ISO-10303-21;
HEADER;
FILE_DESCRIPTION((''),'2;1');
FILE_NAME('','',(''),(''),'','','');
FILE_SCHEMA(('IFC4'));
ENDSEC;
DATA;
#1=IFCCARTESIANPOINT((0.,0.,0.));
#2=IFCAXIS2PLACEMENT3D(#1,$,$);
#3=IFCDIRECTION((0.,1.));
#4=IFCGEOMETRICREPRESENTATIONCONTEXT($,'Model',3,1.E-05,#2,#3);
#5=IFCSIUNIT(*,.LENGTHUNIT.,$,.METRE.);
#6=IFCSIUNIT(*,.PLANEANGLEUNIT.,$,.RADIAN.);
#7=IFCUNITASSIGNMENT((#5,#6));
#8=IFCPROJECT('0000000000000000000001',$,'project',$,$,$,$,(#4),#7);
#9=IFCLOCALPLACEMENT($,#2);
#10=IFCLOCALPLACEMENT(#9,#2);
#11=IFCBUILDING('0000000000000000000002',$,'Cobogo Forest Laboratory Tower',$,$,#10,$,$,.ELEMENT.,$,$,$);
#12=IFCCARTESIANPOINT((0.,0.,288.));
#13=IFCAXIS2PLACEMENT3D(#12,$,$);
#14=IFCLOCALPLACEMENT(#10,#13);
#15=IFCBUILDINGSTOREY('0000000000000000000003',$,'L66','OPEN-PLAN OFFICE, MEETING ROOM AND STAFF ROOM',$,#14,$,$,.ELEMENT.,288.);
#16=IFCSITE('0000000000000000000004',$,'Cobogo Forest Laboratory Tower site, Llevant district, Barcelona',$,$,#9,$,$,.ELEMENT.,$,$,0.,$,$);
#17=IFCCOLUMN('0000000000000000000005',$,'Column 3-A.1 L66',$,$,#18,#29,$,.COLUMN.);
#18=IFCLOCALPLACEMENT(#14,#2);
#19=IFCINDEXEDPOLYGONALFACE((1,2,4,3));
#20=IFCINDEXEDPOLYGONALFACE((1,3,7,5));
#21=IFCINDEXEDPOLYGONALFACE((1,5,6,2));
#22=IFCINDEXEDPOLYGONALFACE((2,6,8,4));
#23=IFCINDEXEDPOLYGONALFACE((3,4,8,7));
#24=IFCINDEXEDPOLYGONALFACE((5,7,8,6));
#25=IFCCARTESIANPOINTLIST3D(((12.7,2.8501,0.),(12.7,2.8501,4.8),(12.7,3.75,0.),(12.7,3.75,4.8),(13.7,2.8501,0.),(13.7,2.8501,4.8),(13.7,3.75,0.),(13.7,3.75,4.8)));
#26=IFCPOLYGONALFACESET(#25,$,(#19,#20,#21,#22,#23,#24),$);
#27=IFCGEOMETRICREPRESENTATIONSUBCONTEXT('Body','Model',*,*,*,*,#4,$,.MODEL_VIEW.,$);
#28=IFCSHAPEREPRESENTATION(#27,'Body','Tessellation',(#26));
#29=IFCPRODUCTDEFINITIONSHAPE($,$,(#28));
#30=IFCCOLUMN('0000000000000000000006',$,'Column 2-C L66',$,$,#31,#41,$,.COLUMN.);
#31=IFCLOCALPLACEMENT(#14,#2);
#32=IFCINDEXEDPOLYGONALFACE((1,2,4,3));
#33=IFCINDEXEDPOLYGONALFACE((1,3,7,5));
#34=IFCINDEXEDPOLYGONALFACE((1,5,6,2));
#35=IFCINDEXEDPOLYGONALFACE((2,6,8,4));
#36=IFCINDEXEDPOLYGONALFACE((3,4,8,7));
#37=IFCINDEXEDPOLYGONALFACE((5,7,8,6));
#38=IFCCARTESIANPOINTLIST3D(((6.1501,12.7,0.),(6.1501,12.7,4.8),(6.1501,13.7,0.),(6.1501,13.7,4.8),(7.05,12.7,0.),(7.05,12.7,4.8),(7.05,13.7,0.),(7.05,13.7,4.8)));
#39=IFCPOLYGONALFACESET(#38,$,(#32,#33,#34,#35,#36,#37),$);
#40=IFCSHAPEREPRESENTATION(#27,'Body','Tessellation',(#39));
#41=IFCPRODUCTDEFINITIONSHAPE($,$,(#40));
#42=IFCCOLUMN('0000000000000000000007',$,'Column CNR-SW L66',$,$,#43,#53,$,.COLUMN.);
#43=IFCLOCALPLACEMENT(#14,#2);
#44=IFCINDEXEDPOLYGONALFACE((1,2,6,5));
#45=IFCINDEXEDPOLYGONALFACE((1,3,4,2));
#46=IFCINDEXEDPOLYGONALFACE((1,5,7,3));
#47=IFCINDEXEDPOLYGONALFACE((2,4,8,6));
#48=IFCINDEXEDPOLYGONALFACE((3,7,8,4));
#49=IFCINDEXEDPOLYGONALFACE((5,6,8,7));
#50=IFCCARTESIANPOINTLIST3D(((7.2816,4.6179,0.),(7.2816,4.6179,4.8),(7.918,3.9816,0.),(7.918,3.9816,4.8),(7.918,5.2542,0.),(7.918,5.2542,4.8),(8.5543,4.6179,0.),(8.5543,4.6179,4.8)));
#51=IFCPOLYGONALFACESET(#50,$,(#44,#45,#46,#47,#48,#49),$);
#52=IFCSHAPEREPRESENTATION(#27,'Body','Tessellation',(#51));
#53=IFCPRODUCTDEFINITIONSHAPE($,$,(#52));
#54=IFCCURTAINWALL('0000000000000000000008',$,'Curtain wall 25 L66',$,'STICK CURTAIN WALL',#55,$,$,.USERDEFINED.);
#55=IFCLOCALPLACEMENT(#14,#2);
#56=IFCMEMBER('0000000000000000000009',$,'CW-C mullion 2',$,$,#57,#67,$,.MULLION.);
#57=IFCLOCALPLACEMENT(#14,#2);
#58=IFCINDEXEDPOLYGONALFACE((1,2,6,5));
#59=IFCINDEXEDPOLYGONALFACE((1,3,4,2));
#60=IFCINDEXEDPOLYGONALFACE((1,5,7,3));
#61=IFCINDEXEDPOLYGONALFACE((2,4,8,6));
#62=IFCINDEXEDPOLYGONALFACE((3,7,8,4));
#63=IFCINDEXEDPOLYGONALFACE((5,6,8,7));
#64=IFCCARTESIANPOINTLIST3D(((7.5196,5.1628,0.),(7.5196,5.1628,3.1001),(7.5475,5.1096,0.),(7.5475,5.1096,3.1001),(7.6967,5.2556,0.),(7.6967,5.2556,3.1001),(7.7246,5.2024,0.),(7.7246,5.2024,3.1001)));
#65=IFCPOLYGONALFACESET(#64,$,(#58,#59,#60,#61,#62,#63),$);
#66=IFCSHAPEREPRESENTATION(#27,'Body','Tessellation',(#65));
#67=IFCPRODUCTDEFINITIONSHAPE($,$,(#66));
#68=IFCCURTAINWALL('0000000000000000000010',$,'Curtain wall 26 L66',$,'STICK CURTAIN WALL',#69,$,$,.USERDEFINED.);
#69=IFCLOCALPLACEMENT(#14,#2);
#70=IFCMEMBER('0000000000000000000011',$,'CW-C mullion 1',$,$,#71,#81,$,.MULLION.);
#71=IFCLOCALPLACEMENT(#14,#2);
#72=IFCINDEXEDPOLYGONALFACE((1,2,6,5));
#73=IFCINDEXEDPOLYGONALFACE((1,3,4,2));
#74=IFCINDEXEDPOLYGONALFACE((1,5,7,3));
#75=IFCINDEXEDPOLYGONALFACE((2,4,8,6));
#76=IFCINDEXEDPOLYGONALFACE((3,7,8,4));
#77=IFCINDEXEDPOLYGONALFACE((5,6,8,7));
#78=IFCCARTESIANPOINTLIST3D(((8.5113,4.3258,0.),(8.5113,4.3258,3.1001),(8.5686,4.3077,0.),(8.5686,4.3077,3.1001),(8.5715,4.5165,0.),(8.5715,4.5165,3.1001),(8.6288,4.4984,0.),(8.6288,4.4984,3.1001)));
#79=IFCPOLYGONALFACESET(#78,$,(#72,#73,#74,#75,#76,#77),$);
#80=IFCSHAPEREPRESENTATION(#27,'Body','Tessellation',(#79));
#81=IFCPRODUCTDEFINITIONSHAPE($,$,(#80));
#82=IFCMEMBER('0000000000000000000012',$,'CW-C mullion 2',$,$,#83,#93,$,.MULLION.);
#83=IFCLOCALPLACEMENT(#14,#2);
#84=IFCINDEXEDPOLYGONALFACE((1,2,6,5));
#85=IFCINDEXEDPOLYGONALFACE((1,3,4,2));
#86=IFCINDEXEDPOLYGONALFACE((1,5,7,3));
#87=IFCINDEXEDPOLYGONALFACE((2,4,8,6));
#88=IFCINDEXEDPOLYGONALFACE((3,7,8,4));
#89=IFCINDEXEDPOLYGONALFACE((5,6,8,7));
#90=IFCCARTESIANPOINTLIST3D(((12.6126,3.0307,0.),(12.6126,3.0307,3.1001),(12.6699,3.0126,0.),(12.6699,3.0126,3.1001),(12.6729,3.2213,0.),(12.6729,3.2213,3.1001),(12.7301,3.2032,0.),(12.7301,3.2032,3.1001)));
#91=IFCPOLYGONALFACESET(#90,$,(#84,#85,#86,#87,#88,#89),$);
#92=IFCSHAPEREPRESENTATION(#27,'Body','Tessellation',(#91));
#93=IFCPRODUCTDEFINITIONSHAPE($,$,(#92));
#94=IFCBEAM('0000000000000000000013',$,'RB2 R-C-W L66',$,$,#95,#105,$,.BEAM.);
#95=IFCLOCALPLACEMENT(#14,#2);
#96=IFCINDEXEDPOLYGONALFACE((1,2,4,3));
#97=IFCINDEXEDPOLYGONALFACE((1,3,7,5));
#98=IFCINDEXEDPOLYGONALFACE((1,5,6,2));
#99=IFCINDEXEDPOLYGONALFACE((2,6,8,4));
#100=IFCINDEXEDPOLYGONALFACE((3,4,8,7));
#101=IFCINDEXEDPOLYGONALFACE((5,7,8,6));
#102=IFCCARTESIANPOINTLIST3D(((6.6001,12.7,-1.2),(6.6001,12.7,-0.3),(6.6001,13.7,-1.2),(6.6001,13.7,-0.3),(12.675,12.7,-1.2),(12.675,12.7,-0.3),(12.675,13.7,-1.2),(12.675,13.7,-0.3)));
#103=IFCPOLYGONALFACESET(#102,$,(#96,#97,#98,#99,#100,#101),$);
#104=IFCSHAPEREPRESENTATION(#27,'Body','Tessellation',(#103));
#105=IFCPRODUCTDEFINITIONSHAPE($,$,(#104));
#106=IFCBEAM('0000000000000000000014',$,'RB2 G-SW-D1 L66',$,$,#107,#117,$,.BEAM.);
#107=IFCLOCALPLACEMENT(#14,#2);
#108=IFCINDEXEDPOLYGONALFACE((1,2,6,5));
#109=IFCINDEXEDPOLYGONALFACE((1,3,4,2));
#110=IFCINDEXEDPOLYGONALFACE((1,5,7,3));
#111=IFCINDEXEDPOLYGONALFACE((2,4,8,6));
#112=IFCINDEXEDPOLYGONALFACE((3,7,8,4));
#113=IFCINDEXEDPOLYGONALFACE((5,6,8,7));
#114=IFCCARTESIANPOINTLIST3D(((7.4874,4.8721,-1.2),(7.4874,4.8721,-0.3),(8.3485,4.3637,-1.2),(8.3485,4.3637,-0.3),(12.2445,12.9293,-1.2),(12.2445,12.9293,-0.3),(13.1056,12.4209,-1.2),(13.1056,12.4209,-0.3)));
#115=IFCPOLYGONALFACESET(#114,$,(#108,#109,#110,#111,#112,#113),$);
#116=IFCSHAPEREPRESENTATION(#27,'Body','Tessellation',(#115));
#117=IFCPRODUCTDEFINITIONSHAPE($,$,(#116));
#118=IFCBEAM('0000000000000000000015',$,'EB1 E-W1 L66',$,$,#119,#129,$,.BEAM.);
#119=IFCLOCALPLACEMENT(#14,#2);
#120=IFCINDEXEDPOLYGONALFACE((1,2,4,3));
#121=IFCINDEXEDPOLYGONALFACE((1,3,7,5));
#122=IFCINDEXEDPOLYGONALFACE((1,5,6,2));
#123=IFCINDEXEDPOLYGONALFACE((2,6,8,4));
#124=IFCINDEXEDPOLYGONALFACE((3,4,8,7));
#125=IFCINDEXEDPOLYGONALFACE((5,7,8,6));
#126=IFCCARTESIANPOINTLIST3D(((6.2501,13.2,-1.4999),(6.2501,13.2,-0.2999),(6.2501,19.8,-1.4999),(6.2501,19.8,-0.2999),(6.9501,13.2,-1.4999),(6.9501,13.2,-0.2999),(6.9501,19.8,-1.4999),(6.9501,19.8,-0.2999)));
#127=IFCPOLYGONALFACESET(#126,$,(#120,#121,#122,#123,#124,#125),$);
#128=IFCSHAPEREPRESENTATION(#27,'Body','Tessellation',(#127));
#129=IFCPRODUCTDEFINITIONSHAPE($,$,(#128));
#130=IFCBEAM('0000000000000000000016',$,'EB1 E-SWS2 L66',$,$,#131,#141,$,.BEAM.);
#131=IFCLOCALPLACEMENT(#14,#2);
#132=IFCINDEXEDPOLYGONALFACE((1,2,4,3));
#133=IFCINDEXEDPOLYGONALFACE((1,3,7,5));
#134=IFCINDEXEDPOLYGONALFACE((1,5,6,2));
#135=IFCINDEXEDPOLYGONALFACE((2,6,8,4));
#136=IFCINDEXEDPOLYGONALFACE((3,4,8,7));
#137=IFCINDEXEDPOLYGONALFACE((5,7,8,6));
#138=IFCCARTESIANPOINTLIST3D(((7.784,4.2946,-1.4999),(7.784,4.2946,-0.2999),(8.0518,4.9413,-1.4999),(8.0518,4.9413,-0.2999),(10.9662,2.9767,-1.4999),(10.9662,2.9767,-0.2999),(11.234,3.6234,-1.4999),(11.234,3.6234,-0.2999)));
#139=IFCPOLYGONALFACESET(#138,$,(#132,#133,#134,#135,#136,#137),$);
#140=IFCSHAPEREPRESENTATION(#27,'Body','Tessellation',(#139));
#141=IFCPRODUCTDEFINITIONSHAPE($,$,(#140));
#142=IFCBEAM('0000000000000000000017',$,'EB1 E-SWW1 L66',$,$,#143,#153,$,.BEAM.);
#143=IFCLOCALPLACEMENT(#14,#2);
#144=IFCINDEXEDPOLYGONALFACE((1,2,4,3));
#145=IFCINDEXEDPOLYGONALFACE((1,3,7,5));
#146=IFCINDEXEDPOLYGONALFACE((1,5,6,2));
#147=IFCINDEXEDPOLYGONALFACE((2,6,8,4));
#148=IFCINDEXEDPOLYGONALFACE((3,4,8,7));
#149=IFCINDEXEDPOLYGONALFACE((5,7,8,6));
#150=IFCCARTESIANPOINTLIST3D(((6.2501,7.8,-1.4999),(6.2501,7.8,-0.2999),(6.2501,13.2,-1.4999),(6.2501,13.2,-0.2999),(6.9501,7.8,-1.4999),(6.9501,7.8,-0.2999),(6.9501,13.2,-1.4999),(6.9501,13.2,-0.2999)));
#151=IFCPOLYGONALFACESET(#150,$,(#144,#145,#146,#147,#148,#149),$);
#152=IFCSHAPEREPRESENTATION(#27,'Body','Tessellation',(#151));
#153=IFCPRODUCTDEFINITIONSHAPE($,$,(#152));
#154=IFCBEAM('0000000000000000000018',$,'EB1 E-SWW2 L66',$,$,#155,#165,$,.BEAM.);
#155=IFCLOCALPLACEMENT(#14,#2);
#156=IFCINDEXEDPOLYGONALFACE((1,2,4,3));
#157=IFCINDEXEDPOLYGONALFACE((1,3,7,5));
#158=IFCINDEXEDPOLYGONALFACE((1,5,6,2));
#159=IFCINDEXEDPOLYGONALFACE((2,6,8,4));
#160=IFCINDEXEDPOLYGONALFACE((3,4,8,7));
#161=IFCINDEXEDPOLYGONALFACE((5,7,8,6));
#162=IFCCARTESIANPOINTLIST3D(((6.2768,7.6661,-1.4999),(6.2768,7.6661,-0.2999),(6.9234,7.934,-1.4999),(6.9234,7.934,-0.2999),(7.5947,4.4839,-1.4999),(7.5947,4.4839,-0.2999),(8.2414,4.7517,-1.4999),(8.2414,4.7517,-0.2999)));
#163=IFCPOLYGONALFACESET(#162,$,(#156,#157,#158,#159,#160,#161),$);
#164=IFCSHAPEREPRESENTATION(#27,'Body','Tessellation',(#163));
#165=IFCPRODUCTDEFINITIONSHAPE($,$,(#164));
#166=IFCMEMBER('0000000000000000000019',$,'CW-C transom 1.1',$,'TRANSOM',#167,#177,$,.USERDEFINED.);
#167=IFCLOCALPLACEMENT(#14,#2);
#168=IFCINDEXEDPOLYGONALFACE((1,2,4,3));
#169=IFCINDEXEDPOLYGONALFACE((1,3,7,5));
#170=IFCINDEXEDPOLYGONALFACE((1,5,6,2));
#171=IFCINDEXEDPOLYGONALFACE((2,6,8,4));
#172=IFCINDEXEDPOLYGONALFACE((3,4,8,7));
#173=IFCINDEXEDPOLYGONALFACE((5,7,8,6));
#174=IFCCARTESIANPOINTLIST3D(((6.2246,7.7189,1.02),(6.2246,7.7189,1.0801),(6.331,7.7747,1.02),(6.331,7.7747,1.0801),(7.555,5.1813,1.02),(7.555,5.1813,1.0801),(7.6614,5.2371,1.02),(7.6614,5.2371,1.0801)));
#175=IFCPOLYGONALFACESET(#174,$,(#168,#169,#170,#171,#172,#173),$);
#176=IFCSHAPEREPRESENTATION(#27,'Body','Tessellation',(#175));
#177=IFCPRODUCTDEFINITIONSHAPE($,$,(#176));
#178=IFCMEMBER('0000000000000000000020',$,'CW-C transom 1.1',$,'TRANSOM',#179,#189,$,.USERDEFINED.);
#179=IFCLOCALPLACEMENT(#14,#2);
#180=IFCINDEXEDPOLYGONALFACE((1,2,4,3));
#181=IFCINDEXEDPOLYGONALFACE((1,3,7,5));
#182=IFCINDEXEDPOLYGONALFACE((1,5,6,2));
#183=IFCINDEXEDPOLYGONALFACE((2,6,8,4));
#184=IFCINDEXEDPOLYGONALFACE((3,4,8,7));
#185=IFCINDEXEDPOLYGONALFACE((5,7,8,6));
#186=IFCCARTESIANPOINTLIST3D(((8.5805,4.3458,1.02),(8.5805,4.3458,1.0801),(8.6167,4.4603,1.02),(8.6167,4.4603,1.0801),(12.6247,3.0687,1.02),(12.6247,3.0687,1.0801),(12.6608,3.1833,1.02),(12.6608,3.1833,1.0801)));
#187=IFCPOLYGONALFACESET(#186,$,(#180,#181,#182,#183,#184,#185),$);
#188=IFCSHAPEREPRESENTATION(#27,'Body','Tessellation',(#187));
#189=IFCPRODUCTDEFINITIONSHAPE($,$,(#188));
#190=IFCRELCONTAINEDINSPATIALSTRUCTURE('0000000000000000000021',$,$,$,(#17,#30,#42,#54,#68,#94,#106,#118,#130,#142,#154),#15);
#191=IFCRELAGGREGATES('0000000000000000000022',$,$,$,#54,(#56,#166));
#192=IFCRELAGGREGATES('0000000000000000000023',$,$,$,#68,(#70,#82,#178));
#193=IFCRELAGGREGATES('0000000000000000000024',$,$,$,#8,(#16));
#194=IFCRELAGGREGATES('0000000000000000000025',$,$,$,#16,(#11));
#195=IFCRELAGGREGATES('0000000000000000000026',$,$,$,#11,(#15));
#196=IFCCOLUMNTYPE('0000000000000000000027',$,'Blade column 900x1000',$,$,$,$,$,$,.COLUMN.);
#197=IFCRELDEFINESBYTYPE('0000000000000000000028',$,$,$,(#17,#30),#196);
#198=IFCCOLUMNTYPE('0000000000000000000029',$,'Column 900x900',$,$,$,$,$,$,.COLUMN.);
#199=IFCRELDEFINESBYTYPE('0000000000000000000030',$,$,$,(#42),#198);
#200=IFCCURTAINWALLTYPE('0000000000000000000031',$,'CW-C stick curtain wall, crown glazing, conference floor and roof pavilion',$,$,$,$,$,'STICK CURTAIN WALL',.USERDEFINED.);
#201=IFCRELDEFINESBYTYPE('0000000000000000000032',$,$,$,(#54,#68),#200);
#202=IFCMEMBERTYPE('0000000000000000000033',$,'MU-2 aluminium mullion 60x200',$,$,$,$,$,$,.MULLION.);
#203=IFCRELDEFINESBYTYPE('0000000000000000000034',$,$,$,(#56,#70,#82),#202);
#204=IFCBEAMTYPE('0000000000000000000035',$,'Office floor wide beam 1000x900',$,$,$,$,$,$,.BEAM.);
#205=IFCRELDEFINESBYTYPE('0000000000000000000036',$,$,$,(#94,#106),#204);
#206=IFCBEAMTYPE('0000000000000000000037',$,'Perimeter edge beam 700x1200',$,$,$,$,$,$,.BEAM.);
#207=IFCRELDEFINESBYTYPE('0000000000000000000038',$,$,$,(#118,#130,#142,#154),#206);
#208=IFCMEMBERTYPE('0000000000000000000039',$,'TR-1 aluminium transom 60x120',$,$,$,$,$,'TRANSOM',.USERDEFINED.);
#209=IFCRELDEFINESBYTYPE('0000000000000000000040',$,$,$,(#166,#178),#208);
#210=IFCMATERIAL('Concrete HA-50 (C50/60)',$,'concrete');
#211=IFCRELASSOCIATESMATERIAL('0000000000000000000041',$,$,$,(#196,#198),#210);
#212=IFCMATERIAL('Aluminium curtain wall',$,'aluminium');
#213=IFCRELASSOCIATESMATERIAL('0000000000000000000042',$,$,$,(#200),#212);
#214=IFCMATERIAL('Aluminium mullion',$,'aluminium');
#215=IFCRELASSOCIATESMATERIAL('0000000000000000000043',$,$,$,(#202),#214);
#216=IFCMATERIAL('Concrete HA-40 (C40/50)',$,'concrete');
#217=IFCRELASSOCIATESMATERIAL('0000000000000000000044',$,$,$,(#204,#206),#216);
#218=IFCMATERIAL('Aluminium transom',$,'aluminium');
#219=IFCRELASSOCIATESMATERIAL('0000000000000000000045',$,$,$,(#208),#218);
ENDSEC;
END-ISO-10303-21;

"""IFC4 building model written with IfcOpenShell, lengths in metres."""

from ifc_helpers import new_model, si_unit, direction, frame, origin, origin_2d, place, context, subcontext, project, spatial, rectangle, extrude, material, material_profile, profile_set, type_object, element, aggregate, save


model = new_model("IFC4")

# Units and contexts
model_context = context("Model", 3, precision=1e-05, world=origin(), true_north=direction((0.0, 1.0)))
body_context = subcontext(model_context, "Body", "Model", "MODEL_VIEW")
ifc_project = project(units=[si_unit("LENGTHUNIT", "METRE"), si_unit("PLANEANGLEUNIT", "RADIAN")], contexts=[model_context])

# Site, building, storey
site_placement = place(None, origin())
site = spatial("IfcSite", under=ifc_project, at=site_placement, Name="Cobogo Forest Laboratory Tower site, Llevant district, Barcelona", CompositionType="ELEMENT", RefElevation=0.0)
building_placement = place(site_placement, origin())
building = spatial("IfcBuilding", under=site, at=building_placement, Name="Cobogo Forest Laboratory Tower", CompositionType="ELEMENT")
storey_placement = place(building_placement, frame((0.0, 0.0, 288.0)))
storey = spatial("IfcBuildingStorey", under=building, at=storey_placement, Name="L66", Description="OPEN-PLAN OFFICE, MEETING ROOM AND STAFF ROOM", CompositionType="ELEMENT", Elevation=288.0)

# Columns
ifc_material_1 = material(Name="Concrete HA-50 (C50/60)", Category="concrete")
ifc_material_profile_1 = material_profile(ifc_material_1, rectangle(XDim=1.0, YDim=0.8999, at=origin_2d()), Name="RC 900x1000")
ifc_profile_set_1 = profile_set([ifc_material_profile_1], Name="Concrete HA-50 (C50/60)")
column_type_1 = type_object("IfcColumnType", Name="Blade column 900x1000", PredefinedType="COLUMN", material=ifc_profile_set_1)
for number, where, z_axis, x_axis, name in (
    (1, (13.2, 3.3, 0.0), (0.0, 0.0, 1.0), (1.0, 0.0, 0.0), "Column 3-A.1 L66"),
    (2, (6.6001, 13.2, 0.0), (0.0, 0.0, 1.0), (0.0, 1.0, 0.0), "Column 2-C L66"),
):
    element("IfcColumn", number, at=place(storey_placement, frame(where, z_axis=z_axis, x_axis=x_axis)), inside=storey, type_object=column_type_1, Name=name, PredefinedType="COLUMN", context=body_context, shape_type="SweptSolid", body=[
        extrude(rectangle(XDim=1.0, YDim=0.8999, at=origin_2d()), origin(), (0.0, 0.0, 1.0), 4.8),
    ])
ifc_material_profile_2 = material_profile(ifc_material_1, rectangle(XDim=0.8999, YDim=0.8999, at=origin_2d()), Name="RC 900x900")
ifc_profile_set_2 = profile_set([ifc_material_profile_2], Name="Concrete HA-50 (C50/60)")
column_type_2 = type_object("IfcColumnType", Name="Column 900x900", PredefinedType="COLUMN", material=ifc_profile_set_2)
column_placement = place(storey_placement, frame((7.918, 4.6179, 0.0), z_axis=(0.0, 0.0, 1.0), x_axis=(0.707107, 0.707107, 0.0)))
element("IfcColumn", 3, at=column_placement, inside=storey, type_object=column_type_2, Name="Column CNR-SW L66", PredefinedType="COLUMN", context=body_context, shape_type="SweptSolid", body=[
    extrude(rectangle(XDim=0.8999, YDim=0.8999, at=origin_2d()), origin(), (0.0, 0.0, 1.0), 4.8),
])

# Curtain wall, member
ifc_material_2 = material(Name="Aluminium curtain wall", Category="aluminium")
curtain_wall_type = type_object("IfcCurtainWallType", Name="CW-C stick curtain wall, crown glazing, conference floor and roof pavilion", ElementType="STICK CURTAIN WALL", PredefinedType="USERDEFINED", material=ifc_material_2)
curtain_wall_1_placement = place(storey_placement, origin())
curtain_wall_1 = element("IfcCurtainWall", 4, at=curtain_wall_1_placement, inside=storey, type_object=curtain_wall_type, Name="Curtain wall 25 L66", ObjectType="STICK CURTAIN WALL", PredefinedType="USERDEFINED")
ifc_material_3 = material(Name="Aluminium mullion", Category="aluminium")
ifc_material_profile_3 = material_profile(ifc_material_3, rectangle(XDim=0.0601, YDim=0.2, at=origin_2d()), Name="AL 60x200")
ifc_profile_set_3 = profile_set([ifc_material_profile_3], Name="Aluminium mullion")
member_type_1 = type_object("IfcMemberType", Name="MU-2 aluminium mullion 60x200", PredefinedType="MULLION", material=ifc_profile_set_3)
member_1_placement = place(storey_placement, frame((7.6221, 5.1826, 0.0), z_axis=(0.0, 0.0, 1.0), x_axis=(0.464284, -0.885686, 0.0)))
member_1 = element("IfcMember", 5, at=member_1_placement, type_object=member_type_1, Name="CW-C mullion 2", PredefinedType="MULLION", context=body_context, shape_type="SweptSolid", body=[
    extrude(rectangle(XDim=0.0601, YDim=0.2, at=origin_2d()), origin(), (0.0, 0.0, 1.0), 3.1001),
])

# Curtain wall, members
curtain_wall_2_placement = place(storey_placement, origin())
curtain_wall_2 = element("IfcCurtainWall", 6, at=curtain_wall_2_placement, inside=storey, type_object=curtain_wall_type, Name="Curtain wall 26 L66", ObjectType="STICK CURTAIN WALL", PredefinedType="USERDEFINED")
member_2_placement = place(storey_placement, frame((8.5701, 4.4121, 0.0), z_axis=(0.0, 0.0, 1.0), x_axis=(0.953581, -0.301135, 0.0)))
member_2 = element("IfcMember", 7, at=member_2_placement, type_object=member_type_1, Name="CW-C mullion 1", PredefinedType="MULLION", context=body_context, shape_type="SweptSolid", body=[
    extrude(rectangle(XDim=0.0601, YDim=0.2, at=origin_2d()), origin(), (0.0, 0.0, 1.0), 3.1001),
])
member_3_placement = place(storey_placement, frame((12.6714, 3.1169, 0.0), z_axis=(0.0, 0.0, 1.0), x_axis=(0.953581, -0.301135, 0.0)))
member_3 = element("IfcMember", 8, at=member_3_placement, type_object=member_type_1, Name="CW-C mullion 2", PredefinedType="MULLION", context=body_context, shape_type="SweptSolid", body=[
    extrude(rectangle(XDim=0.0601, YDim=0.2, at=origin_2d()), origin(), (0.0, 0.0, 1.0), 3.1001),
])

# Beams
ifc_material_4 = material(Name="Concrete HA-40 (C40/50)", Category="concrete")
ifc_material_profile_4 = material_profile(ifc_material_4, rectangle(XDim=1.0, YDim=0.8999, at=origin_2d()), Name="RC 1000x900")
ifc_profile_set_4 = profile_set([ifc_material_profile_4], Name="Concrete HA-40 (C40/50)")
beam_type_1 = type_object("IfcBeamType", Name="Office floor wide beam 1000x900", PredefinedType="BEAM", material=ifc_profile_set_4)
beam_1_placement = place(storey_placement, frame((12.675, 13.2, -0.75), z_axis=(-1.0, 0.0, 0.0), x_axis=(0.0, -1.0, 0.0)))
element("IfcBeam", 9, at=beam_1_placement, inside=storey, type_object=beam_type_1, Name="RB2 R-C-W L66", PredefinedType="BEAM", context=body_context, shape_type="SweptSolid", body=[
    extrude(rectangle(XDim=1.0, YDim=0.8999, at=origin_2d()), origin(), (0.0, 0.0, 1.0), 6.075),
])
beam_2_placement = place(storey_placement, frame((7.918, 4.6179, -0.75), z_axis=(0.508416, 0.861111, 0.0), x_axis=(-0.861111, 0.508416, 0.0)))
element("IfcBeam", 10, at=beam_2_placement, inside=storey, type_object=beam_type_1, Name="RB2 G-SW-D1 L66", PredefinedType="BEAM", context=body_context, shape_type="SweptSolid", body=[
    extrude(rectangle(XDim=1.0, YDim=0.8999, at=origin_2d()), origin(), (0.0, 0.0, 1.0), 9.3567),
])
ifc_material_profile_5 = material_profile(ifc_material_4, rectangle(XDim=0.7, YDim=1.2, at=origin_2d()), Name="RC 700x1200")
ifc_profile_set_5 = profile_set([ifc_material_profile_5], Name="Concrete HA-40 (C40/50)")
beam_type_2 = type_object("IfcBeamType", Name="Perimeter edge beam 700x1200", PredefinedType="BEAM", material=ifc_profile_set_5)
beam_3_placement = place(storey_placement, frame((6.6001, 13.2, -0.8999), z_axis=(0.0, 1.0, 0.0), x_axis=(-1.0, 0.0, 0.0)))
element("IfcBeam", 11, at=beam_3_placement, inside=storey, type_object=beam_type_2, Name="EB1 E-W1 L66", PredefinedType="BEAM", context=body_context, shape_type="SweptSolid", body=[
    extrude(rectangle(XDim=0.7, YDim=1.2, at=origin_2d()), origin(), (0.0, 0.0, 1.0), 6.6001),
])
beam_4_placement = place(storey_placement, frame((11.1001, 3.3, -0.8999), z_axis=(-0.923901, 0.382631, 0.0), x_axis=(-0.382631, -0.923901, 0.0)))
element("IfcBeam", 12, at=beam_4_placement, inside=storey, type_object=beam_type_2, Name="EB1 E-SWS2 L66", PredefinedType="BEAM", context=body_context, shape_type="SweptSolid", body=[
    extrude(rectangle(XDim=0.7, YDim=1.2, at=origin_2d()), origin(), (0.0, 0.0, 1.0), 3.4443),
])
beam_5_placement = place(storey_placement, frame((6.6001, 13.2, -0.8999), z_axis=(0.0, -1.0, 0.0), x_axis=(1.0, 0.0, 0.0)))
element("IfcBeam", 13, at=beam_5_placement, inside=storey, type_object=beam_type_2, Name="EB1 E-SWW1 L66", PredefinedType="BEAM", context=body_context, shape_type="SweptSolid", body=[
    extrude(rectangle(XDim=0.7, YDim=1.2, at=origin_2d()), origin(), (0.0, 0.0, 1.0), 5.3999),
])
beam_6_placement = place(storey_placement, frame((6.6001, 7.8, -0.8999), z_axis=(0.382631, -0.923901, 0.0), x_axis=(0.923901, 0.382631, 0.0)))
element("IfcBeam", 14, at=beam_6_placement, inside=storey, type_object=beam_type_2, Name="EB1 E-SWW2 L66", PredefinedType="BEAM", context=body_context, shape_type="SweptSolid", body=[
    extrude(rectangle(XDim=0.7, YDim=1.2, at=origin_2d()), origin(), (0.0, 0.0, 1.0), 3.4443),
])

# Members
ifc_material_5 = material(Name="Aluminium transom", Category="aluminium")
ifc_material_profile_6 = material_profile(ifc_material_5, rectangle(XDim=0.1201, YDim=0.0601, at=origin_2d()), Name="AL 60x120")
ifc_profile_set_6 = profile_set([ifc_material_profile_6], Name="Aluminium transom")
member_type_2 = type_object("IfcMemberType", Name="TR-1 aluminium transom 60x120", ElementType="TRANSOM", PredefinedType="USERDEFINED", material=ifc_profile_set_6)
member_4_placement = place(storey_placement, frame((6.2778, 7.7468, 1.05), z_axis=(0.464309, -0.885673, 0.0), x_axis=(0.885673, 0.464309, 0.0)))
member_4 = element("IfcMember", 15, at=member_4_placement, type_object=member_type_2, Name="CW-C transom 1.1", ObjectType="TRANSOM", PredefinedType="USERDEFINED", context=body_context, shape_type="SweptSolid", body=[
    extrude(rectangle(XDim=0.1201, YDim=0.0601, at=origin_2d()), origin(), (0.0, 0.0, 1.0), 2.8652),
])
member_5_placement = place(storey_placement, frame((8.5986, 4.4031, 1.05), z_axis=(0.953584, -0.301129, 0.0), x_axis=(0.301129, 0.953584, 0.0)))
member_5 = element("IfcMember", 16, at=member_5_placement, type_object=member_type_2, Name="CW-C transom 1.1", ObjectType="TRANSOM", PredefinedType="USERDEFINED", context=body_context, shape_type="SweptSolid", body=[
    extrude(rectangle(XDim=0.1201, YDim=0.0601, at=origin_2d()), origin(), (0.0, 0.0, 1.0), 4.241),
])

aggregate(curtain_wall_1, [member_1, member_4])
aggregate(curtain_wall_2, [member_2, member_3, member_5])

save(model, "model.ifc")
